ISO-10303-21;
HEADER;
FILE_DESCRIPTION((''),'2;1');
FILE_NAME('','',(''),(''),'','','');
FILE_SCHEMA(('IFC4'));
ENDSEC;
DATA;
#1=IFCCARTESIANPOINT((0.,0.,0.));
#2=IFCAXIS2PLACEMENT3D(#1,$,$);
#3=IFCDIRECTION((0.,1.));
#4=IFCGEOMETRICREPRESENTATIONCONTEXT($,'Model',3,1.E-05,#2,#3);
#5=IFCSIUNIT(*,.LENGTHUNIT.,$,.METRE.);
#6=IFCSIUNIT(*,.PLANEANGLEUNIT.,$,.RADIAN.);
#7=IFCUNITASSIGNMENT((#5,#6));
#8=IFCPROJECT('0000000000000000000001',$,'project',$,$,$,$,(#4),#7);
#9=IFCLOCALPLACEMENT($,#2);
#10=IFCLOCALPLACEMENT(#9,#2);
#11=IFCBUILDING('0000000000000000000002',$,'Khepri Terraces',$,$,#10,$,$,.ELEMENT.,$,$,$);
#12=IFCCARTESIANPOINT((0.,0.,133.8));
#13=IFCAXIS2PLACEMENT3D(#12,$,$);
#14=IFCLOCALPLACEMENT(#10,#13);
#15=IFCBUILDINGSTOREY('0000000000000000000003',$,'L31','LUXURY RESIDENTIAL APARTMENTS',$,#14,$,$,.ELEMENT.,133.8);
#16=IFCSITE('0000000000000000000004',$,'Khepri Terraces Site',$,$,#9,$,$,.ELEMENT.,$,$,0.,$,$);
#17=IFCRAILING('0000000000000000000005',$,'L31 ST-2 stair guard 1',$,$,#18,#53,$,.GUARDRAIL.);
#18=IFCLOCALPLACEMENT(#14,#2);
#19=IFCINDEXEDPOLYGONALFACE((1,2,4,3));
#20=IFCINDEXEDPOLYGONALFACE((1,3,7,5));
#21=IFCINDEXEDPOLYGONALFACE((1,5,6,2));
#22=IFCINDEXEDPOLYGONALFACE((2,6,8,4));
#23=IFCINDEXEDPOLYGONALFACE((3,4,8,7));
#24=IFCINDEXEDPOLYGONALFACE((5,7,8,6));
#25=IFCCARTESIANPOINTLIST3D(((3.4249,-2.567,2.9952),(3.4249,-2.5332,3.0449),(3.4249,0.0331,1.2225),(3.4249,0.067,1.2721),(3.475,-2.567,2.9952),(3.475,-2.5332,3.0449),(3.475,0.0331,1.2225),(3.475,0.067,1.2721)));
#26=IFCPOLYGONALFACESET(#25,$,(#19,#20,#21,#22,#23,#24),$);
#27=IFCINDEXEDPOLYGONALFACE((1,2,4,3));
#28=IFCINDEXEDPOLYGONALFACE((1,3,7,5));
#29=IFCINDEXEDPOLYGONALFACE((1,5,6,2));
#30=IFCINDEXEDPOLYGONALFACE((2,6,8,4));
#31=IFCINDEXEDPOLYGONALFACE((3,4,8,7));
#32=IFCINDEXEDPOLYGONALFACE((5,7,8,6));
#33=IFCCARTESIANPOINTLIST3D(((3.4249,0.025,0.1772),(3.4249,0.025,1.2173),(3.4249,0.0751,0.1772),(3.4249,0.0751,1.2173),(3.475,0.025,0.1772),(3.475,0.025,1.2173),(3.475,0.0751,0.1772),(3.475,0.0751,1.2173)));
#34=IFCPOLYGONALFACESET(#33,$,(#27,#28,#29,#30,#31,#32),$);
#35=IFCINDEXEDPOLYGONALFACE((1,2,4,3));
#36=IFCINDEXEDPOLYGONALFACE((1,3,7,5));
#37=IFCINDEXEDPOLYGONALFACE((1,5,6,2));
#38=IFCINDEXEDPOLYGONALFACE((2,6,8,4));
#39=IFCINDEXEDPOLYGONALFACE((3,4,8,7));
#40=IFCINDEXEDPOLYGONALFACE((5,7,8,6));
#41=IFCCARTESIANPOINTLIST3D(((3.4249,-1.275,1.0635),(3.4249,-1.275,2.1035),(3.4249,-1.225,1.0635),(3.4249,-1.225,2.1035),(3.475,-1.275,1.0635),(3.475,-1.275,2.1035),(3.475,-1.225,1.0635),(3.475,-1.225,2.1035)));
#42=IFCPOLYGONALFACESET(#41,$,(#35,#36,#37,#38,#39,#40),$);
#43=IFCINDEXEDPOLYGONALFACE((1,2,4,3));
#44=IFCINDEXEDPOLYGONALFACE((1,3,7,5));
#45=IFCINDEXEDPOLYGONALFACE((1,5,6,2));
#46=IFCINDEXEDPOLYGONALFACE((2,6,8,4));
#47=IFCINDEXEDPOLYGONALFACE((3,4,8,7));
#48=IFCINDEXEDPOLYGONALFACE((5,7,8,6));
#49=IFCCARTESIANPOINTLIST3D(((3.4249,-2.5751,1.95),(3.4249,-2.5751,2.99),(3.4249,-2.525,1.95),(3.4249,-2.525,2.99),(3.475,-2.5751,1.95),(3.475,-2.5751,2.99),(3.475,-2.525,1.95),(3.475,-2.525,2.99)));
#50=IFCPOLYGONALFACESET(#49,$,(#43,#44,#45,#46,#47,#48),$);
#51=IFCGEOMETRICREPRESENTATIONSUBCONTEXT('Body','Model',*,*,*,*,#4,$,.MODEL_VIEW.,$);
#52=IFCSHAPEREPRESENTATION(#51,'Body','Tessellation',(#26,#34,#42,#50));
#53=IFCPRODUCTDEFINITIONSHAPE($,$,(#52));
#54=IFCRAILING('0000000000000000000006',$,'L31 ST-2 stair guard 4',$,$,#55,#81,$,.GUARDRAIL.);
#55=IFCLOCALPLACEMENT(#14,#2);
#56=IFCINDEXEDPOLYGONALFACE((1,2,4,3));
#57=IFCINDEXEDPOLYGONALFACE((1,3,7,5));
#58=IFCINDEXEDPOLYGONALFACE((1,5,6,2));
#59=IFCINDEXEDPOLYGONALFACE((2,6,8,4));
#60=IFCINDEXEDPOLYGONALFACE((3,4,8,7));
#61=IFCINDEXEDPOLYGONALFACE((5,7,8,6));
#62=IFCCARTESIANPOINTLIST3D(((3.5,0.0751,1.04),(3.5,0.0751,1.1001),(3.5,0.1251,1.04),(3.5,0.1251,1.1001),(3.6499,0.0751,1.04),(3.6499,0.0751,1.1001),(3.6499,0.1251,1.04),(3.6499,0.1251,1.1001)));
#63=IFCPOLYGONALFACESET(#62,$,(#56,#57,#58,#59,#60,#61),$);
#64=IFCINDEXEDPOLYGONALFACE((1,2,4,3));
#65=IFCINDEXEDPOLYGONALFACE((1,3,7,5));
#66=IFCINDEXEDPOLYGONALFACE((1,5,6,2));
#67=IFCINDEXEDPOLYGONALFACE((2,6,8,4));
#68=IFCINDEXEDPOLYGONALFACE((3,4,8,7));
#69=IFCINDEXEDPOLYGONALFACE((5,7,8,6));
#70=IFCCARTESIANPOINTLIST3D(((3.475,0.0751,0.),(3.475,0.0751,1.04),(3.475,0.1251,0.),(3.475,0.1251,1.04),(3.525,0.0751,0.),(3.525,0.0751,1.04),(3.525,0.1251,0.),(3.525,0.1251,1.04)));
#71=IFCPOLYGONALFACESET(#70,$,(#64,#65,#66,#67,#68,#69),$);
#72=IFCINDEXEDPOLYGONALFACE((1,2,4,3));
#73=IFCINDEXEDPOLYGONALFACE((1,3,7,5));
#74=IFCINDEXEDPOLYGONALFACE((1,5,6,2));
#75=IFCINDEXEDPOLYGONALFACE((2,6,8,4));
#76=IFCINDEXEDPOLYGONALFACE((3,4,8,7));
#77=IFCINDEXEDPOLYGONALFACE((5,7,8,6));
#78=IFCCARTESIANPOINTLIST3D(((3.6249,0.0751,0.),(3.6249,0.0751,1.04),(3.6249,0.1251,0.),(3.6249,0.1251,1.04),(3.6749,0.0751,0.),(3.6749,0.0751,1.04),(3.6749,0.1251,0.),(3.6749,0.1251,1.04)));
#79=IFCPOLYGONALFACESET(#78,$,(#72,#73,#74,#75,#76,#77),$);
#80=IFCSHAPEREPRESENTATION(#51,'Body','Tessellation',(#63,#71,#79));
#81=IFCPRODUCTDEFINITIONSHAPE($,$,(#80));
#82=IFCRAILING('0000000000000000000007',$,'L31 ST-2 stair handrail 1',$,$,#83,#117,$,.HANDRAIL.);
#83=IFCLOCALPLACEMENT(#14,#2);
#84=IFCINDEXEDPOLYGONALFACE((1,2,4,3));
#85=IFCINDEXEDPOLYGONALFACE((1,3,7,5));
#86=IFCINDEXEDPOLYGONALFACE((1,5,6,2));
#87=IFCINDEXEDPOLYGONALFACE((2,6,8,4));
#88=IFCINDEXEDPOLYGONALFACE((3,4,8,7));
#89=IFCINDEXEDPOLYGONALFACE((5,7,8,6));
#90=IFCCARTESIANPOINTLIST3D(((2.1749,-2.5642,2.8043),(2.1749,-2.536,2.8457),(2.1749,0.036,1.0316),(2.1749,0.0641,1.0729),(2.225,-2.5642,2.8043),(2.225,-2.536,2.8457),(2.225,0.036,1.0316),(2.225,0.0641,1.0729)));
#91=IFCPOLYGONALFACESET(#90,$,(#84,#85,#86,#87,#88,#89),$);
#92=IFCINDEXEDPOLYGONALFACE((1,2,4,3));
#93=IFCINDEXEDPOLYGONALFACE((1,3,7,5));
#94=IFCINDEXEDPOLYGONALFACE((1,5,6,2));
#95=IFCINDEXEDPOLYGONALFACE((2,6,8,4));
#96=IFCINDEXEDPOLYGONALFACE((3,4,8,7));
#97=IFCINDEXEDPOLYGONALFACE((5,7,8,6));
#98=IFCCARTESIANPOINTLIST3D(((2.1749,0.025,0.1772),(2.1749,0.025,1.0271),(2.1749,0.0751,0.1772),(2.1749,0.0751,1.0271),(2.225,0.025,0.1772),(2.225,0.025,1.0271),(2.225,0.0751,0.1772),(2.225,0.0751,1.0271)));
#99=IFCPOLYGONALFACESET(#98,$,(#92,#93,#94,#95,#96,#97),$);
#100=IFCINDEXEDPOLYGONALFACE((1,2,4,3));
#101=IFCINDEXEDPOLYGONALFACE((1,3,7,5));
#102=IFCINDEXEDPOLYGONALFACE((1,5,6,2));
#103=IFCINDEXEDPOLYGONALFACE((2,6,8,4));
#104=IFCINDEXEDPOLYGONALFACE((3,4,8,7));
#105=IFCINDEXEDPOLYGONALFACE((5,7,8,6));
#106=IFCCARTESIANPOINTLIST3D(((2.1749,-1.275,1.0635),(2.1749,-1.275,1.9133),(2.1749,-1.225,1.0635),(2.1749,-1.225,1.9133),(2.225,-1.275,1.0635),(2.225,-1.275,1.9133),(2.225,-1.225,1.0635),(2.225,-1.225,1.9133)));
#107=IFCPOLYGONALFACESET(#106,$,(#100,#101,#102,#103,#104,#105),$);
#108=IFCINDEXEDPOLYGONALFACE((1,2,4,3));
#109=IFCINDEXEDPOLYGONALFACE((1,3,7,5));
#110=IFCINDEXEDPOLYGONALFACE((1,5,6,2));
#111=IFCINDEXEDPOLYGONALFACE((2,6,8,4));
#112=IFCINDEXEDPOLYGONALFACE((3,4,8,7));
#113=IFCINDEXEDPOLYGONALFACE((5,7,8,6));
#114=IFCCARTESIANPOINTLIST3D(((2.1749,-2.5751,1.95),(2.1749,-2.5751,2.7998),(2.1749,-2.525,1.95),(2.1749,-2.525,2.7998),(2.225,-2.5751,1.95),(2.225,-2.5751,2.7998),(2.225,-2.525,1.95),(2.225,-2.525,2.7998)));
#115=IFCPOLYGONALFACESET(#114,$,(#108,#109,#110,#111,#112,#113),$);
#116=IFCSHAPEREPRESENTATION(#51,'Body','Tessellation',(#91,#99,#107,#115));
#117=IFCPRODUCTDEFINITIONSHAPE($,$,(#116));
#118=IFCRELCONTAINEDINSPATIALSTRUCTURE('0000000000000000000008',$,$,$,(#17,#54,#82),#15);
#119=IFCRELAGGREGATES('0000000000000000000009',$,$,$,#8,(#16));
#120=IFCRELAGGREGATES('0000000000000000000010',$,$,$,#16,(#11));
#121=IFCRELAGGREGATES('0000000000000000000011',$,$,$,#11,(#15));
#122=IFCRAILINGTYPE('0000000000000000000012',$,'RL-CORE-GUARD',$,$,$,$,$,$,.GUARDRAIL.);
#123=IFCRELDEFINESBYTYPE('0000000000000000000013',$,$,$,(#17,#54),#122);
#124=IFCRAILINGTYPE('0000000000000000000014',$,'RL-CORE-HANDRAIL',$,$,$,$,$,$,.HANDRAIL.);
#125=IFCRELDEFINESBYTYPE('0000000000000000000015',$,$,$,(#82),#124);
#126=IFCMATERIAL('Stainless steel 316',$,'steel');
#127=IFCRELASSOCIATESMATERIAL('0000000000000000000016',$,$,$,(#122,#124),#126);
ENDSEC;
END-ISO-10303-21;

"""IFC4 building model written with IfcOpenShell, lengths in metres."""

from ifc_helpers import new_model, si_unit, direction, frame, origin, origin_2d, place, context, subcontext, project, spatial, rectangle, extrude, material, type_object, element, save


model = new_model("IFC4")

# Units and contexts
model_context = context("Model", 3, precision=1e-05, world=origin(), true_north=direction((0.0, 1.0)))
body_context = subcontext(model_context, "Body", "Model", "MODEL_VIEW")
ifc_project = project(units=[si_unit("LENGTHUNIT", "METRE"), si_unit("PLANEANGLEUNIT", "RADIAN")], contexts=[model_context])

# Site, building, storey
site_placement = place(None, origin())
site = spatial("IfcSite", under=ifc_project, at=site_placement, Name="Khepri Terraces Site", CompositionType="ELEMENT", RefElevation=0.0)
building_placement = place(site_placement, origin())
building = spatial("IfcBuilding", under=site, at=building_placement, Name="Khepri Terraces", CompositionType="ELEMENT")
storey_placement = place(building_placement, frame((0.0, 0.0, 133.8)))
storey = spatial("IfcBuildingStorey", under=building, at=storey_placement, Name="L31", Description="LUXURY RESIDENTIAL APARTMENTS", CompositionType="ELEMENT", Elevation=133.8)

# Railings
ifc_material_1 = material(Name="Stainless steel 316", Category="steel")
railing_type_1 = type_object("IfcRailingType", Name="RL-CORE-GUARD", PredefinedType="GUARDRAIL", material=ifc_material_1)
railing_1_placement = place(storey_placement, frame((3.45, 0.05, 0.1772)))
element("IfcRailing", 1, at=railing_1_placement, inside=storey, type_object=railing_type_1, Name="L31 ST-2 stair guard 1", PredefinedType="GUARDRAIL", context=body_context, shape_type="SweptSolid", body=[
    extrude(rectangle(XDim=0.05, YDim=0.0601, at=origin_2d()), frame((0.0, 0.0, 1.0701), z_axis=(0.0, -0.82624, 0.563318), x_axis=(1.0, 0.0, 0.0)), (0.0, 0.0, 1.0), 3.147),
    extrude(rectangle(XDim=0.05, YDim=0.05, at=origin_2d()), origin(), (0.0, 0.0, 1.0), 1.04),
    extrude(rectangle(XDim=0.05, YDim=0.05, at=origin_2d()), frame((0.0, -1.3, 0.8862)), (0.0, 0.0, 1.0), 1.04),
    extrude(rectangle(XDim=0.05, YDim=0.05, at=origin_2d()), frame((0.0, -2.6001, 1.7727)), (0.0, 0.0, 1.0), 1.04),
])
railing_2_placement = place(storey_placement, frame((3.5, 0.1001, 0.0)))
element("IfcRailing", 2, at=railing_2_placement, inside=storey, type_object=railing_type_1, Name="L31 ST-2 stair guard 4", PredefinedType="GUARDRAIL", context=body_context, shape_type="SweptSolid", body=[
    extrude(rectangle(XDim=0.05, YDim=0.0601, at=origin_2d()), frame((0.0, 0.0, 1.0701), z_axis=(1.0, 0.0, 0.0), x_axis=(0.0, 1.0, 0.0)), (0.0, 0.0, 1.0), 0.1499),
    extrude(rectangle(XDim=0.05, YDim=0.05, at=origin_2d()), origin(), (0.0, 0.0, 1.0), 1.04),
    extrude(rectangle(XDim=0.05, YDim=0.05, at=origin_2d()), frame((0.1499, 0.0, 0.0)), (0.0, 0.0, 1.0), 1.04),
])
railing_type_2 = type_object("IfcRailingType", Name="RL-CORE-HANDRAIL", PredefinedType="HANDRAIL", material=ifc_material_1)
railing_3_placement = place(storey_placement, frame((2.2, 0.05, 0.1772)))
element("IfcRailing", 3, at=railing_3_placement, inside=storey, type_object=railing_type_2, Name="L31 ST-2 stair handrail 1", PredefinedType="HANDRAIL", context=body_context, shape_type="SweptSolid", body=[
    extrude(rectangle(XDim=0.05, YDim=0.05, at=origin_2d()), frame((0.0, 0.0, 0.875), z_axis=(0.0, -0.82624, 0.563318), x_axis=(1.0, 0.0, 0.0)), (0.0, 0.0, 1.0), 3.147),
    extrude(rectangle(XDim=0.05, YDim=0.05, at=origin_2d()), origin(), (0.0, 0.0, 1.0), 0.8499),
    extrude(rectangle(XDim=0.05, YDim=0.05, at=origin_2d()), frame((0.0, -1.3, 0.8862)), (0.0, 0.0, 1.0), 0.8499),
    extrude(rectangle(XDim=0.05, YDim=0.05, at=origin_2d()), frame((0.0, -2.6001, 1.7727)), (0.0, 0.0, 1.0), 0.8499),
])

save(model, "model.ifc")
